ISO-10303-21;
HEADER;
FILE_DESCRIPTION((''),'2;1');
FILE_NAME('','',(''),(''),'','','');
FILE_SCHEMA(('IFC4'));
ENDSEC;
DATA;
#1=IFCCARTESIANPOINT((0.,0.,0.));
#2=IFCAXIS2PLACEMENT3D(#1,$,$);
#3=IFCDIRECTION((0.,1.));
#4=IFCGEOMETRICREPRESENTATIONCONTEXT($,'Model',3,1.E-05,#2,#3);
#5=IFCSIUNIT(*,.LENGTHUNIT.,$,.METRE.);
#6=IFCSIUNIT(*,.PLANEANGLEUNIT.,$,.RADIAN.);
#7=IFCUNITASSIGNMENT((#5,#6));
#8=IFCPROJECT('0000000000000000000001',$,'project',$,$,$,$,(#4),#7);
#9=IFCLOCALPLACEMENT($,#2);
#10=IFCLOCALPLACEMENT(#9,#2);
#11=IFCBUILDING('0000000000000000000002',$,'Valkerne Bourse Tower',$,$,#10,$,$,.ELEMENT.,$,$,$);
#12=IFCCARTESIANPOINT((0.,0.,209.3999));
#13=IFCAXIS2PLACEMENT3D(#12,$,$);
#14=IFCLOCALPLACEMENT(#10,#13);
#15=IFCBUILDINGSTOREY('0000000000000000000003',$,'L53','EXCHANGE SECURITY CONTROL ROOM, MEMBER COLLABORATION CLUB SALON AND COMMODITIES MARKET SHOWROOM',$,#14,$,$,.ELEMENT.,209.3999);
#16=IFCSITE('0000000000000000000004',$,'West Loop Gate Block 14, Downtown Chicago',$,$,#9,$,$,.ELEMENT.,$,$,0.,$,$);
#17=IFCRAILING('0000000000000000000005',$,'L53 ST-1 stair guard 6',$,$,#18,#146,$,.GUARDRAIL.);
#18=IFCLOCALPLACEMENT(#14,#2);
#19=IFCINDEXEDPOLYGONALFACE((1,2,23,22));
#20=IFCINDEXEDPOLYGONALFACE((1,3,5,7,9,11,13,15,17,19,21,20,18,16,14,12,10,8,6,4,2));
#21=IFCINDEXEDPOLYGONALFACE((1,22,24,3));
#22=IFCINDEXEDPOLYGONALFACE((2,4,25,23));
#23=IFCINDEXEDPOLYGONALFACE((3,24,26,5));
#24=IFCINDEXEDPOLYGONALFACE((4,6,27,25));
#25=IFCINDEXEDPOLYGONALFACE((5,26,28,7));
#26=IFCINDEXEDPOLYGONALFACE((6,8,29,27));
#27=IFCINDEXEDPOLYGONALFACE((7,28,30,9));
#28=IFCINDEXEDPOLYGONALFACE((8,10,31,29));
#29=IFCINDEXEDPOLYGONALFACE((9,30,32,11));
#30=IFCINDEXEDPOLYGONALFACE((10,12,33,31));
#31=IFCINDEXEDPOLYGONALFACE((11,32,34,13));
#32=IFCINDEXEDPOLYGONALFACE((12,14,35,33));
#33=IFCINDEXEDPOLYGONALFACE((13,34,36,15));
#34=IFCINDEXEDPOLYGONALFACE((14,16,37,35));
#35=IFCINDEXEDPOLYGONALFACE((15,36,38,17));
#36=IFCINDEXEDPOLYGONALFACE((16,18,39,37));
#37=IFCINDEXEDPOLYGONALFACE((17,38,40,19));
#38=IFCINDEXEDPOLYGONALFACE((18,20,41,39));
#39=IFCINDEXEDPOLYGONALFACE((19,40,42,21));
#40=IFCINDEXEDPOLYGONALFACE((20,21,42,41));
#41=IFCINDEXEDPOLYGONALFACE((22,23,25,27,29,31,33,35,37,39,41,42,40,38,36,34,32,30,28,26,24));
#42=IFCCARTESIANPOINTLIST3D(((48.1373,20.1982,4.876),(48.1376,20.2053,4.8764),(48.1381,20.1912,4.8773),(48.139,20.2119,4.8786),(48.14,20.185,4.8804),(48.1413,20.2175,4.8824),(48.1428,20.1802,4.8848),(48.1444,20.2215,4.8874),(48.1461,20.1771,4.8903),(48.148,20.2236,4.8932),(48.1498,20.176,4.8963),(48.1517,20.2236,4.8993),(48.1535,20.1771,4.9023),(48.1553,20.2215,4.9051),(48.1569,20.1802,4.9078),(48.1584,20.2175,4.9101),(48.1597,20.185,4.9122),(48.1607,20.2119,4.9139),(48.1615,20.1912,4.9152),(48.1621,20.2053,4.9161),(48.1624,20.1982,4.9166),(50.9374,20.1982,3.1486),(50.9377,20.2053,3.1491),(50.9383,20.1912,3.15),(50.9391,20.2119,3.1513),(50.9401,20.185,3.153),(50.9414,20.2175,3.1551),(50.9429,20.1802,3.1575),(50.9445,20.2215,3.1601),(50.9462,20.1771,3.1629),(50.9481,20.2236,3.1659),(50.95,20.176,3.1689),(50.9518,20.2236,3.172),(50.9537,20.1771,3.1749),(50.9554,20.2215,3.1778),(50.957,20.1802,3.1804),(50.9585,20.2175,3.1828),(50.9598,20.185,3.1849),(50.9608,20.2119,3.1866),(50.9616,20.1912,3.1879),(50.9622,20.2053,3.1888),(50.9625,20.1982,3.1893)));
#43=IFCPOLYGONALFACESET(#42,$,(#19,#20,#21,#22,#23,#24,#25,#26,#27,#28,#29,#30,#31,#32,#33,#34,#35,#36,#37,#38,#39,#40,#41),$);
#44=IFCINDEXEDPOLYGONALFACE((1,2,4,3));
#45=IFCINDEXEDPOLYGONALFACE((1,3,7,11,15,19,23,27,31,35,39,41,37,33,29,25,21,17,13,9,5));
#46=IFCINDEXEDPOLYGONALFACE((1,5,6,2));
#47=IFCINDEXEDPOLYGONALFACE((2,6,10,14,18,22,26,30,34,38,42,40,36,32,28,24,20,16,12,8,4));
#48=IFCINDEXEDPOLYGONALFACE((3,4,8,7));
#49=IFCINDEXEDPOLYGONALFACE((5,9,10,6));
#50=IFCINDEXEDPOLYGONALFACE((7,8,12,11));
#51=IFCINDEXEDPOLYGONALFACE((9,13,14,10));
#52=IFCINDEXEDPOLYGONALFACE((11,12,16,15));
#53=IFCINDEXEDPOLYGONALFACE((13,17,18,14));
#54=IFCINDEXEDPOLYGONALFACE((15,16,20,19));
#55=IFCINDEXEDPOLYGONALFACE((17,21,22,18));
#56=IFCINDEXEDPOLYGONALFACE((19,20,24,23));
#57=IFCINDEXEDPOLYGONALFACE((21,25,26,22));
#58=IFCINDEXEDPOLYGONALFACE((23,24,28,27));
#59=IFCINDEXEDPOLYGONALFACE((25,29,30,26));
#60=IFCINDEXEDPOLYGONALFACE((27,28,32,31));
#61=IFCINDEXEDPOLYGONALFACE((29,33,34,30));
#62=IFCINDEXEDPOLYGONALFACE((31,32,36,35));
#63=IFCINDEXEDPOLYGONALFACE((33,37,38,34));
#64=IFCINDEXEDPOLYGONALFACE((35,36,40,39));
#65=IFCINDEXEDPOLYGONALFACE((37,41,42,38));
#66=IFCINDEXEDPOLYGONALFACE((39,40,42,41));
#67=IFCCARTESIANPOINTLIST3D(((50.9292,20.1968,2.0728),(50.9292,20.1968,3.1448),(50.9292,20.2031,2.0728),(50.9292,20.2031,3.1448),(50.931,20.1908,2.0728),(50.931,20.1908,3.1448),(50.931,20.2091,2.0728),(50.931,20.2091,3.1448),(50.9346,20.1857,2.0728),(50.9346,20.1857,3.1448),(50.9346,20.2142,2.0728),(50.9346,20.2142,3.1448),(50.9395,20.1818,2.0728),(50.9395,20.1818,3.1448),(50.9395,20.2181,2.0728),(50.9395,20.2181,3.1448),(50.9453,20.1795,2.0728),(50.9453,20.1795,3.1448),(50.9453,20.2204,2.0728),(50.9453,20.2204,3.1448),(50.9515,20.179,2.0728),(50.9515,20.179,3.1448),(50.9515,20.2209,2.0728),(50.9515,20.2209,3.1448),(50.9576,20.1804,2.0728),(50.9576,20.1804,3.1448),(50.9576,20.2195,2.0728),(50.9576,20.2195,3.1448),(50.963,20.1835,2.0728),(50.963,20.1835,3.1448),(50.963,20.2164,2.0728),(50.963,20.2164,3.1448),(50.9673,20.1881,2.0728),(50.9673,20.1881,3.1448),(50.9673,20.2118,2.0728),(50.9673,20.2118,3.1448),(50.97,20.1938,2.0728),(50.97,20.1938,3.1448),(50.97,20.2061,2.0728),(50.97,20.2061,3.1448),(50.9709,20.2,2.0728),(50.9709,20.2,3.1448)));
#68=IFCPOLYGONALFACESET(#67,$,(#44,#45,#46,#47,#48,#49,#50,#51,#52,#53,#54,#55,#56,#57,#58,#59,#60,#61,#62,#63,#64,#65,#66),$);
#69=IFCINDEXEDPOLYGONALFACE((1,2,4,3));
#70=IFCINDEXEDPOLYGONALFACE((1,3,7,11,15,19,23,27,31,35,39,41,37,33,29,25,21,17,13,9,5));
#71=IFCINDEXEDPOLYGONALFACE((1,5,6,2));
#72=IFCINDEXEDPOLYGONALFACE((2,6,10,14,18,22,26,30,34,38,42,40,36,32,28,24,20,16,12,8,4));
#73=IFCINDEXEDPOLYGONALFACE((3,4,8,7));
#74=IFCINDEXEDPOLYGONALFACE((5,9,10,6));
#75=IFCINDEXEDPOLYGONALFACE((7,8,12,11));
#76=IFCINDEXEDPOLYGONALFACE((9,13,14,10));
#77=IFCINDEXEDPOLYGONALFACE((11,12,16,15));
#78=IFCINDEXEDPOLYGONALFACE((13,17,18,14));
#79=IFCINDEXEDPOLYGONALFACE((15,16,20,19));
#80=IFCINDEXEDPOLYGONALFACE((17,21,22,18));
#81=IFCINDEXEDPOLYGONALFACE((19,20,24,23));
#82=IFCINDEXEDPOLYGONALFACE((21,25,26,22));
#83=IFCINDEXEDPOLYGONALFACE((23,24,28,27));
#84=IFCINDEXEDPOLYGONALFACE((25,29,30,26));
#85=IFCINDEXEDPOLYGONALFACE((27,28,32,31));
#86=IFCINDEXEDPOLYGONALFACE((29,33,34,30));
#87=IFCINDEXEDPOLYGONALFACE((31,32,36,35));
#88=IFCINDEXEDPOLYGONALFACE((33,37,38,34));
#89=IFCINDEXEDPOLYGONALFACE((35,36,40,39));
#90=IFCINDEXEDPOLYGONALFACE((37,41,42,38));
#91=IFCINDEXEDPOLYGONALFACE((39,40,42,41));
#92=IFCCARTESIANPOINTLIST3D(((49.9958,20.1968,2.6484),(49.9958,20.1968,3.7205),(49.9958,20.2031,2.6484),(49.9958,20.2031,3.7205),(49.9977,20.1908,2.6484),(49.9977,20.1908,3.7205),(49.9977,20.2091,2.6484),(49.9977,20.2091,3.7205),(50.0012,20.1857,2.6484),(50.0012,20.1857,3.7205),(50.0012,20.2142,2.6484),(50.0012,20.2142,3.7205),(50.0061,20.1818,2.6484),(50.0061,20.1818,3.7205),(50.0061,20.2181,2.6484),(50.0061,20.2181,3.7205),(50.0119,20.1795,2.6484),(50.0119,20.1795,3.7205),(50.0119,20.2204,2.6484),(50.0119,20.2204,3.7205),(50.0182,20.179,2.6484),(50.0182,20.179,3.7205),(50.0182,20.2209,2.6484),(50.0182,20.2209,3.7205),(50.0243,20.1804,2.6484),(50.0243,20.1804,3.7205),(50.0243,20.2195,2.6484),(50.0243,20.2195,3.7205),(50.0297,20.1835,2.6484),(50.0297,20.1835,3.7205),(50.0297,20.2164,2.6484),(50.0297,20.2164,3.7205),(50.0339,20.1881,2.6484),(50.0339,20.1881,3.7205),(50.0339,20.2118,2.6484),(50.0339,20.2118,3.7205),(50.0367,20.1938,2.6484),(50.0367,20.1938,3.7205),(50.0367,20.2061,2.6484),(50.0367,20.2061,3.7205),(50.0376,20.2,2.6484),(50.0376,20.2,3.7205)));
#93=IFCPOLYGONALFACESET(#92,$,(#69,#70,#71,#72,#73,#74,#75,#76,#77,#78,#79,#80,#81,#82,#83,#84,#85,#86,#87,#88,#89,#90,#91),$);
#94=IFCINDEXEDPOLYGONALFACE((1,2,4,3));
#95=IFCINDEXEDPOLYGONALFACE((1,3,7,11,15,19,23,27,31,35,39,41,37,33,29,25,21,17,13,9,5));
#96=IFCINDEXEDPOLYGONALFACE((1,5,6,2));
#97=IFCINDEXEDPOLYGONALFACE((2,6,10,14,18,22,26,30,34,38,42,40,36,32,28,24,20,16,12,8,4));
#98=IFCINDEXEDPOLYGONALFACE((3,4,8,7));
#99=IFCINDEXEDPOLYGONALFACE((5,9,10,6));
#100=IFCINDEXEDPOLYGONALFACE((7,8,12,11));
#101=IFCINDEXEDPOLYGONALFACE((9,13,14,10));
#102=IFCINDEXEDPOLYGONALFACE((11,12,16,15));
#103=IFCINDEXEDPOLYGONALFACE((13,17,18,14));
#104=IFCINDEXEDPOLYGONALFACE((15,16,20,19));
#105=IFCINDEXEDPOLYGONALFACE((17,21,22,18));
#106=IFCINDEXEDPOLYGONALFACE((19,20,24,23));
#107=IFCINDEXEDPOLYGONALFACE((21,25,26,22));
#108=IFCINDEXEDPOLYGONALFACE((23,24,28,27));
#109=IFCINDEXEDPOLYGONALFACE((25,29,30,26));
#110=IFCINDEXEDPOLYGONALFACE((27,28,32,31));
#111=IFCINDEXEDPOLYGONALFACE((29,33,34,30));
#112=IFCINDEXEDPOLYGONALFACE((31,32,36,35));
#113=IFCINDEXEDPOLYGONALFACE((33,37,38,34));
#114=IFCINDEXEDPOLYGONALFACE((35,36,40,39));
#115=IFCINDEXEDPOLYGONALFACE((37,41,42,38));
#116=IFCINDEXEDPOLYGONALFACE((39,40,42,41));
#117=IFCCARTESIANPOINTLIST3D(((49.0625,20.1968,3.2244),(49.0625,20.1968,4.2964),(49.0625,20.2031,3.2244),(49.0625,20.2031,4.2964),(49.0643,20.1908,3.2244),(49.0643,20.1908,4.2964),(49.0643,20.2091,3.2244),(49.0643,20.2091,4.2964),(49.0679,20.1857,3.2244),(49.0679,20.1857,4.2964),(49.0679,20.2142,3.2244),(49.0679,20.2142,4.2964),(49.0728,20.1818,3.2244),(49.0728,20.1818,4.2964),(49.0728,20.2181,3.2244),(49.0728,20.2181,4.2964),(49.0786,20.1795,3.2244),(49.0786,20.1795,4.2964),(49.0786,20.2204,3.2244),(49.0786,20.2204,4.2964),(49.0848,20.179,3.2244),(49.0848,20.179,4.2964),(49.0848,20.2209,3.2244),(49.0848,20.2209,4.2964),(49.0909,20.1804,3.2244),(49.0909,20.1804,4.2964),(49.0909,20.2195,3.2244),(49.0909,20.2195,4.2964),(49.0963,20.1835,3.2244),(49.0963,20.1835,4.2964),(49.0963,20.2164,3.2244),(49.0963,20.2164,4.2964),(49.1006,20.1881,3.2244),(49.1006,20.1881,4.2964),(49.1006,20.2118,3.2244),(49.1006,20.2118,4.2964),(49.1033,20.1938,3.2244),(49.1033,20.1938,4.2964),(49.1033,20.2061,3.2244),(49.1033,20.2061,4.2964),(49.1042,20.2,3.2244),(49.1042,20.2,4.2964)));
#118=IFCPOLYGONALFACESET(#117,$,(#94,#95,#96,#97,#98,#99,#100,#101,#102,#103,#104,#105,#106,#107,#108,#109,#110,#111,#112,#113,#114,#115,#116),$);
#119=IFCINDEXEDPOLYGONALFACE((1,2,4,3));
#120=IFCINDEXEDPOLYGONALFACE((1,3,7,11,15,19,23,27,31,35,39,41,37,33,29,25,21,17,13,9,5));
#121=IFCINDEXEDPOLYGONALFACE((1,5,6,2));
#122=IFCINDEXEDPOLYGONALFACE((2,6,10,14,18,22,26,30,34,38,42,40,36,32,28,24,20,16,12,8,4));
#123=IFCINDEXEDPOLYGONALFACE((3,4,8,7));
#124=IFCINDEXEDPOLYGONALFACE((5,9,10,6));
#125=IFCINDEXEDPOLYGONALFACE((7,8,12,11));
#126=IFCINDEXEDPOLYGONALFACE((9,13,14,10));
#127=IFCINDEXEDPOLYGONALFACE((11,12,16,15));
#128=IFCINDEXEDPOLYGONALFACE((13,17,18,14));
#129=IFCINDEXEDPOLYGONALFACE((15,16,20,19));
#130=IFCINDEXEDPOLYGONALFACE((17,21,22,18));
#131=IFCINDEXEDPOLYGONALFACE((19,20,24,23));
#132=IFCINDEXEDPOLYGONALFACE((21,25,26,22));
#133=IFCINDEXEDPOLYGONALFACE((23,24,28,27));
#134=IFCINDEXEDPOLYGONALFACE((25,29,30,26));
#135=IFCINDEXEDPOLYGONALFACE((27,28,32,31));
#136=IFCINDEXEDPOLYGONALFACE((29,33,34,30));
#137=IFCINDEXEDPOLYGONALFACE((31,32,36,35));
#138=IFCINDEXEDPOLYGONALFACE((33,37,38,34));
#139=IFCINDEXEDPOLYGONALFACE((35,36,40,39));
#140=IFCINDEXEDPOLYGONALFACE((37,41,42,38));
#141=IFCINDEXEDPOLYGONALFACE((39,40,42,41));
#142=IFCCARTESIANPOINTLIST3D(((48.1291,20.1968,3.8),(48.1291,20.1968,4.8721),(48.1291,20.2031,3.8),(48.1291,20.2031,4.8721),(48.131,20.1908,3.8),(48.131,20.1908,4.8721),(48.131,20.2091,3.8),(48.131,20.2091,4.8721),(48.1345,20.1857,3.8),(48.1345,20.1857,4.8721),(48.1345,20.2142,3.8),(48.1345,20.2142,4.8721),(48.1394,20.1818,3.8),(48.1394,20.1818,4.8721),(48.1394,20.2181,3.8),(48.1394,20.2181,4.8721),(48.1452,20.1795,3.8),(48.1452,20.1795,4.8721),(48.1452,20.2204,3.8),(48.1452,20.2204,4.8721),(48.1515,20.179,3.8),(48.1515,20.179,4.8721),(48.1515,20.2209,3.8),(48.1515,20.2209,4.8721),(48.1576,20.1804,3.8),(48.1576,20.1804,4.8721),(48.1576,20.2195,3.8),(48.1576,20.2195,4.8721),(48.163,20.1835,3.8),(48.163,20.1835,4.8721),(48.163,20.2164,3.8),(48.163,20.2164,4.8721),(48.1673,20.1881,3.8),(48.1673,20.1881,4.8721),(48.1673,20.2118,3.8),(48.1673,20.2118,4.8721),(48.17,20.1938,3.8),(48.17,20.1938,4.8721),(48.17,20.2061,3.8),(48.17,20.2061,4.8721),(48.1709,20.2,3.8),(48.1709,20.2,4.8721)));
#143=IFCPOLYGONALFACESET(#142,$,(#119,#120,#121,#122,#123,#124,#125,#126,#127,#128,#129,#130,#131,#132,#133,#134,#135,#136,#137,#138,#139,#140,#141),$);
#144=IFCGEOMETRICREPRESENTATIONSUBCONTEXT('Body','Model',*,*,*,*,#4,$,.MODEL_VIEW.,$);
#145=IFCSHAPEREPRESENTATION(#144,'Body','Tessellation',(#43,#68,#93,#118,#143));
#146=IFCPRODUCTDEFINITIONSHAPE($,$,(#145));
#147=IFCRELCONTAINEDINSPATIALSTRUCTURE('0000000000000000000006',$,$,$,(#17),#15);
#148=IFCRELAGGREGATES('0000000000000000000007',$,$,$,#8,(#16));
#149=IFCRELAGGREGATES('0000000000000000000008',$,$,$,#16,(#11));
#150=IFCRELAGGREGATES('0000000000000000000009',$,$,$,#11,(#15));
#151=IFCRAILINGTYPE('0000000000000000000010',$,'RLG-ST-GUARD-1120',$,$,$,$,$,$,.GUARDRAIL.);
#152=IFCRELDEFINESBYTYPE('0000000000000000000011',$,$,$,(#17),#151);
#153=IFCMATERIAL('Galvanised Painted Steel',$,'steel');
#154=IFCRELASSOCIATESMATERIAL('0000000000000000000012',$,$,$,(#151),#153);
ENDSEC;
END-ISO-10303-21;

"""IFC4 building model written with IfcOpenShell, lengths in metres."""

from ifc_helpers import new_model, si_unit, direction, frame, origin, origin_2d, place, context, subcontext, project, spatial, circle, extrude, material, type_object, element, save


model = new_model("IFC4")

# Units and contexts
model_context = context("Model", 3, precision=1e-05, world=origin(), true_north=direction((0.0, 1.0)))
body_context = subcontext(model_context, "Body", "Model", "MODEL_VIEW")
ifc_project = project(units=[si_unit("LENGTHUNIT", "METRE"), si_unit("PLANEANGLEUNIT", "RADIAN")], contexts=[model_context])

# Site, building, storey
site_placement = place(None, origin())
site = spatial("IfcSite", under=ifc_project, at=site_placement, Name="West Loop Gate Block 14, Downtown Chicago", CompositionType="ELEMENT", RefElevation=0.0)
building_placement = place(site_placement, origin())
building = spatial("IfcBuilding", under=site, at=building_placement, Name="Valkerne Bourse Tower", CompositionType="ELEMENT")
storey_placement = place(building_placement, frame((0.0, 0.0, 209.3999)))
storey = spatial("IfcBuildingStorey", under=building, at=storey_placement, Name="L53", Description="EXCHANGE SECURITY CONTROL ROOM, MEMBER COLLABORATION CLUB SALON AND COMMODITIES MARKET SHOWROOM", CompositionType="ELEMENT", Elevation=209.3999)

# Shared definitions
ifc_material_1 = material(Name="Galvanised Painted Steel", Category="steel")

# Railing
railing_type_1 = type_object("IfcRailingType", Name="RLG-ST-GUARD-1120", PredefinedType="GUARDRAIL", material=ifc_material_1)
railing_1_placement = place(storey_placement, frame((50.95, 20.2, 2.0728)))
element("IfcRailing", 1, at=railing_1_placement, inside=storey, type_object=railing_type_1, Name="L53 ST-1 stair guard 6", PredefinedType="GUARDRAIL", context=body_context, shape_type="SweptSolid", body=[
    extrude(circle(Radius=0.0239, at=origin_2d()), frame((0.0, 0.0, 1.0962), z_axis=(-0.85109, 0.0, 0.52502), x_axis=(0.0, -1.0, 0.0)), (0.0, 0.0, 1.0), 3.29),
    extrude(circle(Radius=0.021, at=origin_2d()), origin(), (0.0, 0.0, 1.0), 1.072),
    extrude(circle(Radius=0.021, at=origin_2d()), frame((-0.9333, 0.0, 0.5757)), (0.0, 0.0, 1.0), 1.072),
    extrude(circle(Radius=0.021, at=origin_2d()), frame((-1.8667, 0.0, 1.1516)), (0.0, 0.0, 1.0), 1.072),
    extrude(circle(Radius=0.021, at=origin_2d()), frame((-2.8, 0.0, 1.7273)), (0.0, 0.0, 1.0), 1.072),
])

save(model, "model.ifc")
